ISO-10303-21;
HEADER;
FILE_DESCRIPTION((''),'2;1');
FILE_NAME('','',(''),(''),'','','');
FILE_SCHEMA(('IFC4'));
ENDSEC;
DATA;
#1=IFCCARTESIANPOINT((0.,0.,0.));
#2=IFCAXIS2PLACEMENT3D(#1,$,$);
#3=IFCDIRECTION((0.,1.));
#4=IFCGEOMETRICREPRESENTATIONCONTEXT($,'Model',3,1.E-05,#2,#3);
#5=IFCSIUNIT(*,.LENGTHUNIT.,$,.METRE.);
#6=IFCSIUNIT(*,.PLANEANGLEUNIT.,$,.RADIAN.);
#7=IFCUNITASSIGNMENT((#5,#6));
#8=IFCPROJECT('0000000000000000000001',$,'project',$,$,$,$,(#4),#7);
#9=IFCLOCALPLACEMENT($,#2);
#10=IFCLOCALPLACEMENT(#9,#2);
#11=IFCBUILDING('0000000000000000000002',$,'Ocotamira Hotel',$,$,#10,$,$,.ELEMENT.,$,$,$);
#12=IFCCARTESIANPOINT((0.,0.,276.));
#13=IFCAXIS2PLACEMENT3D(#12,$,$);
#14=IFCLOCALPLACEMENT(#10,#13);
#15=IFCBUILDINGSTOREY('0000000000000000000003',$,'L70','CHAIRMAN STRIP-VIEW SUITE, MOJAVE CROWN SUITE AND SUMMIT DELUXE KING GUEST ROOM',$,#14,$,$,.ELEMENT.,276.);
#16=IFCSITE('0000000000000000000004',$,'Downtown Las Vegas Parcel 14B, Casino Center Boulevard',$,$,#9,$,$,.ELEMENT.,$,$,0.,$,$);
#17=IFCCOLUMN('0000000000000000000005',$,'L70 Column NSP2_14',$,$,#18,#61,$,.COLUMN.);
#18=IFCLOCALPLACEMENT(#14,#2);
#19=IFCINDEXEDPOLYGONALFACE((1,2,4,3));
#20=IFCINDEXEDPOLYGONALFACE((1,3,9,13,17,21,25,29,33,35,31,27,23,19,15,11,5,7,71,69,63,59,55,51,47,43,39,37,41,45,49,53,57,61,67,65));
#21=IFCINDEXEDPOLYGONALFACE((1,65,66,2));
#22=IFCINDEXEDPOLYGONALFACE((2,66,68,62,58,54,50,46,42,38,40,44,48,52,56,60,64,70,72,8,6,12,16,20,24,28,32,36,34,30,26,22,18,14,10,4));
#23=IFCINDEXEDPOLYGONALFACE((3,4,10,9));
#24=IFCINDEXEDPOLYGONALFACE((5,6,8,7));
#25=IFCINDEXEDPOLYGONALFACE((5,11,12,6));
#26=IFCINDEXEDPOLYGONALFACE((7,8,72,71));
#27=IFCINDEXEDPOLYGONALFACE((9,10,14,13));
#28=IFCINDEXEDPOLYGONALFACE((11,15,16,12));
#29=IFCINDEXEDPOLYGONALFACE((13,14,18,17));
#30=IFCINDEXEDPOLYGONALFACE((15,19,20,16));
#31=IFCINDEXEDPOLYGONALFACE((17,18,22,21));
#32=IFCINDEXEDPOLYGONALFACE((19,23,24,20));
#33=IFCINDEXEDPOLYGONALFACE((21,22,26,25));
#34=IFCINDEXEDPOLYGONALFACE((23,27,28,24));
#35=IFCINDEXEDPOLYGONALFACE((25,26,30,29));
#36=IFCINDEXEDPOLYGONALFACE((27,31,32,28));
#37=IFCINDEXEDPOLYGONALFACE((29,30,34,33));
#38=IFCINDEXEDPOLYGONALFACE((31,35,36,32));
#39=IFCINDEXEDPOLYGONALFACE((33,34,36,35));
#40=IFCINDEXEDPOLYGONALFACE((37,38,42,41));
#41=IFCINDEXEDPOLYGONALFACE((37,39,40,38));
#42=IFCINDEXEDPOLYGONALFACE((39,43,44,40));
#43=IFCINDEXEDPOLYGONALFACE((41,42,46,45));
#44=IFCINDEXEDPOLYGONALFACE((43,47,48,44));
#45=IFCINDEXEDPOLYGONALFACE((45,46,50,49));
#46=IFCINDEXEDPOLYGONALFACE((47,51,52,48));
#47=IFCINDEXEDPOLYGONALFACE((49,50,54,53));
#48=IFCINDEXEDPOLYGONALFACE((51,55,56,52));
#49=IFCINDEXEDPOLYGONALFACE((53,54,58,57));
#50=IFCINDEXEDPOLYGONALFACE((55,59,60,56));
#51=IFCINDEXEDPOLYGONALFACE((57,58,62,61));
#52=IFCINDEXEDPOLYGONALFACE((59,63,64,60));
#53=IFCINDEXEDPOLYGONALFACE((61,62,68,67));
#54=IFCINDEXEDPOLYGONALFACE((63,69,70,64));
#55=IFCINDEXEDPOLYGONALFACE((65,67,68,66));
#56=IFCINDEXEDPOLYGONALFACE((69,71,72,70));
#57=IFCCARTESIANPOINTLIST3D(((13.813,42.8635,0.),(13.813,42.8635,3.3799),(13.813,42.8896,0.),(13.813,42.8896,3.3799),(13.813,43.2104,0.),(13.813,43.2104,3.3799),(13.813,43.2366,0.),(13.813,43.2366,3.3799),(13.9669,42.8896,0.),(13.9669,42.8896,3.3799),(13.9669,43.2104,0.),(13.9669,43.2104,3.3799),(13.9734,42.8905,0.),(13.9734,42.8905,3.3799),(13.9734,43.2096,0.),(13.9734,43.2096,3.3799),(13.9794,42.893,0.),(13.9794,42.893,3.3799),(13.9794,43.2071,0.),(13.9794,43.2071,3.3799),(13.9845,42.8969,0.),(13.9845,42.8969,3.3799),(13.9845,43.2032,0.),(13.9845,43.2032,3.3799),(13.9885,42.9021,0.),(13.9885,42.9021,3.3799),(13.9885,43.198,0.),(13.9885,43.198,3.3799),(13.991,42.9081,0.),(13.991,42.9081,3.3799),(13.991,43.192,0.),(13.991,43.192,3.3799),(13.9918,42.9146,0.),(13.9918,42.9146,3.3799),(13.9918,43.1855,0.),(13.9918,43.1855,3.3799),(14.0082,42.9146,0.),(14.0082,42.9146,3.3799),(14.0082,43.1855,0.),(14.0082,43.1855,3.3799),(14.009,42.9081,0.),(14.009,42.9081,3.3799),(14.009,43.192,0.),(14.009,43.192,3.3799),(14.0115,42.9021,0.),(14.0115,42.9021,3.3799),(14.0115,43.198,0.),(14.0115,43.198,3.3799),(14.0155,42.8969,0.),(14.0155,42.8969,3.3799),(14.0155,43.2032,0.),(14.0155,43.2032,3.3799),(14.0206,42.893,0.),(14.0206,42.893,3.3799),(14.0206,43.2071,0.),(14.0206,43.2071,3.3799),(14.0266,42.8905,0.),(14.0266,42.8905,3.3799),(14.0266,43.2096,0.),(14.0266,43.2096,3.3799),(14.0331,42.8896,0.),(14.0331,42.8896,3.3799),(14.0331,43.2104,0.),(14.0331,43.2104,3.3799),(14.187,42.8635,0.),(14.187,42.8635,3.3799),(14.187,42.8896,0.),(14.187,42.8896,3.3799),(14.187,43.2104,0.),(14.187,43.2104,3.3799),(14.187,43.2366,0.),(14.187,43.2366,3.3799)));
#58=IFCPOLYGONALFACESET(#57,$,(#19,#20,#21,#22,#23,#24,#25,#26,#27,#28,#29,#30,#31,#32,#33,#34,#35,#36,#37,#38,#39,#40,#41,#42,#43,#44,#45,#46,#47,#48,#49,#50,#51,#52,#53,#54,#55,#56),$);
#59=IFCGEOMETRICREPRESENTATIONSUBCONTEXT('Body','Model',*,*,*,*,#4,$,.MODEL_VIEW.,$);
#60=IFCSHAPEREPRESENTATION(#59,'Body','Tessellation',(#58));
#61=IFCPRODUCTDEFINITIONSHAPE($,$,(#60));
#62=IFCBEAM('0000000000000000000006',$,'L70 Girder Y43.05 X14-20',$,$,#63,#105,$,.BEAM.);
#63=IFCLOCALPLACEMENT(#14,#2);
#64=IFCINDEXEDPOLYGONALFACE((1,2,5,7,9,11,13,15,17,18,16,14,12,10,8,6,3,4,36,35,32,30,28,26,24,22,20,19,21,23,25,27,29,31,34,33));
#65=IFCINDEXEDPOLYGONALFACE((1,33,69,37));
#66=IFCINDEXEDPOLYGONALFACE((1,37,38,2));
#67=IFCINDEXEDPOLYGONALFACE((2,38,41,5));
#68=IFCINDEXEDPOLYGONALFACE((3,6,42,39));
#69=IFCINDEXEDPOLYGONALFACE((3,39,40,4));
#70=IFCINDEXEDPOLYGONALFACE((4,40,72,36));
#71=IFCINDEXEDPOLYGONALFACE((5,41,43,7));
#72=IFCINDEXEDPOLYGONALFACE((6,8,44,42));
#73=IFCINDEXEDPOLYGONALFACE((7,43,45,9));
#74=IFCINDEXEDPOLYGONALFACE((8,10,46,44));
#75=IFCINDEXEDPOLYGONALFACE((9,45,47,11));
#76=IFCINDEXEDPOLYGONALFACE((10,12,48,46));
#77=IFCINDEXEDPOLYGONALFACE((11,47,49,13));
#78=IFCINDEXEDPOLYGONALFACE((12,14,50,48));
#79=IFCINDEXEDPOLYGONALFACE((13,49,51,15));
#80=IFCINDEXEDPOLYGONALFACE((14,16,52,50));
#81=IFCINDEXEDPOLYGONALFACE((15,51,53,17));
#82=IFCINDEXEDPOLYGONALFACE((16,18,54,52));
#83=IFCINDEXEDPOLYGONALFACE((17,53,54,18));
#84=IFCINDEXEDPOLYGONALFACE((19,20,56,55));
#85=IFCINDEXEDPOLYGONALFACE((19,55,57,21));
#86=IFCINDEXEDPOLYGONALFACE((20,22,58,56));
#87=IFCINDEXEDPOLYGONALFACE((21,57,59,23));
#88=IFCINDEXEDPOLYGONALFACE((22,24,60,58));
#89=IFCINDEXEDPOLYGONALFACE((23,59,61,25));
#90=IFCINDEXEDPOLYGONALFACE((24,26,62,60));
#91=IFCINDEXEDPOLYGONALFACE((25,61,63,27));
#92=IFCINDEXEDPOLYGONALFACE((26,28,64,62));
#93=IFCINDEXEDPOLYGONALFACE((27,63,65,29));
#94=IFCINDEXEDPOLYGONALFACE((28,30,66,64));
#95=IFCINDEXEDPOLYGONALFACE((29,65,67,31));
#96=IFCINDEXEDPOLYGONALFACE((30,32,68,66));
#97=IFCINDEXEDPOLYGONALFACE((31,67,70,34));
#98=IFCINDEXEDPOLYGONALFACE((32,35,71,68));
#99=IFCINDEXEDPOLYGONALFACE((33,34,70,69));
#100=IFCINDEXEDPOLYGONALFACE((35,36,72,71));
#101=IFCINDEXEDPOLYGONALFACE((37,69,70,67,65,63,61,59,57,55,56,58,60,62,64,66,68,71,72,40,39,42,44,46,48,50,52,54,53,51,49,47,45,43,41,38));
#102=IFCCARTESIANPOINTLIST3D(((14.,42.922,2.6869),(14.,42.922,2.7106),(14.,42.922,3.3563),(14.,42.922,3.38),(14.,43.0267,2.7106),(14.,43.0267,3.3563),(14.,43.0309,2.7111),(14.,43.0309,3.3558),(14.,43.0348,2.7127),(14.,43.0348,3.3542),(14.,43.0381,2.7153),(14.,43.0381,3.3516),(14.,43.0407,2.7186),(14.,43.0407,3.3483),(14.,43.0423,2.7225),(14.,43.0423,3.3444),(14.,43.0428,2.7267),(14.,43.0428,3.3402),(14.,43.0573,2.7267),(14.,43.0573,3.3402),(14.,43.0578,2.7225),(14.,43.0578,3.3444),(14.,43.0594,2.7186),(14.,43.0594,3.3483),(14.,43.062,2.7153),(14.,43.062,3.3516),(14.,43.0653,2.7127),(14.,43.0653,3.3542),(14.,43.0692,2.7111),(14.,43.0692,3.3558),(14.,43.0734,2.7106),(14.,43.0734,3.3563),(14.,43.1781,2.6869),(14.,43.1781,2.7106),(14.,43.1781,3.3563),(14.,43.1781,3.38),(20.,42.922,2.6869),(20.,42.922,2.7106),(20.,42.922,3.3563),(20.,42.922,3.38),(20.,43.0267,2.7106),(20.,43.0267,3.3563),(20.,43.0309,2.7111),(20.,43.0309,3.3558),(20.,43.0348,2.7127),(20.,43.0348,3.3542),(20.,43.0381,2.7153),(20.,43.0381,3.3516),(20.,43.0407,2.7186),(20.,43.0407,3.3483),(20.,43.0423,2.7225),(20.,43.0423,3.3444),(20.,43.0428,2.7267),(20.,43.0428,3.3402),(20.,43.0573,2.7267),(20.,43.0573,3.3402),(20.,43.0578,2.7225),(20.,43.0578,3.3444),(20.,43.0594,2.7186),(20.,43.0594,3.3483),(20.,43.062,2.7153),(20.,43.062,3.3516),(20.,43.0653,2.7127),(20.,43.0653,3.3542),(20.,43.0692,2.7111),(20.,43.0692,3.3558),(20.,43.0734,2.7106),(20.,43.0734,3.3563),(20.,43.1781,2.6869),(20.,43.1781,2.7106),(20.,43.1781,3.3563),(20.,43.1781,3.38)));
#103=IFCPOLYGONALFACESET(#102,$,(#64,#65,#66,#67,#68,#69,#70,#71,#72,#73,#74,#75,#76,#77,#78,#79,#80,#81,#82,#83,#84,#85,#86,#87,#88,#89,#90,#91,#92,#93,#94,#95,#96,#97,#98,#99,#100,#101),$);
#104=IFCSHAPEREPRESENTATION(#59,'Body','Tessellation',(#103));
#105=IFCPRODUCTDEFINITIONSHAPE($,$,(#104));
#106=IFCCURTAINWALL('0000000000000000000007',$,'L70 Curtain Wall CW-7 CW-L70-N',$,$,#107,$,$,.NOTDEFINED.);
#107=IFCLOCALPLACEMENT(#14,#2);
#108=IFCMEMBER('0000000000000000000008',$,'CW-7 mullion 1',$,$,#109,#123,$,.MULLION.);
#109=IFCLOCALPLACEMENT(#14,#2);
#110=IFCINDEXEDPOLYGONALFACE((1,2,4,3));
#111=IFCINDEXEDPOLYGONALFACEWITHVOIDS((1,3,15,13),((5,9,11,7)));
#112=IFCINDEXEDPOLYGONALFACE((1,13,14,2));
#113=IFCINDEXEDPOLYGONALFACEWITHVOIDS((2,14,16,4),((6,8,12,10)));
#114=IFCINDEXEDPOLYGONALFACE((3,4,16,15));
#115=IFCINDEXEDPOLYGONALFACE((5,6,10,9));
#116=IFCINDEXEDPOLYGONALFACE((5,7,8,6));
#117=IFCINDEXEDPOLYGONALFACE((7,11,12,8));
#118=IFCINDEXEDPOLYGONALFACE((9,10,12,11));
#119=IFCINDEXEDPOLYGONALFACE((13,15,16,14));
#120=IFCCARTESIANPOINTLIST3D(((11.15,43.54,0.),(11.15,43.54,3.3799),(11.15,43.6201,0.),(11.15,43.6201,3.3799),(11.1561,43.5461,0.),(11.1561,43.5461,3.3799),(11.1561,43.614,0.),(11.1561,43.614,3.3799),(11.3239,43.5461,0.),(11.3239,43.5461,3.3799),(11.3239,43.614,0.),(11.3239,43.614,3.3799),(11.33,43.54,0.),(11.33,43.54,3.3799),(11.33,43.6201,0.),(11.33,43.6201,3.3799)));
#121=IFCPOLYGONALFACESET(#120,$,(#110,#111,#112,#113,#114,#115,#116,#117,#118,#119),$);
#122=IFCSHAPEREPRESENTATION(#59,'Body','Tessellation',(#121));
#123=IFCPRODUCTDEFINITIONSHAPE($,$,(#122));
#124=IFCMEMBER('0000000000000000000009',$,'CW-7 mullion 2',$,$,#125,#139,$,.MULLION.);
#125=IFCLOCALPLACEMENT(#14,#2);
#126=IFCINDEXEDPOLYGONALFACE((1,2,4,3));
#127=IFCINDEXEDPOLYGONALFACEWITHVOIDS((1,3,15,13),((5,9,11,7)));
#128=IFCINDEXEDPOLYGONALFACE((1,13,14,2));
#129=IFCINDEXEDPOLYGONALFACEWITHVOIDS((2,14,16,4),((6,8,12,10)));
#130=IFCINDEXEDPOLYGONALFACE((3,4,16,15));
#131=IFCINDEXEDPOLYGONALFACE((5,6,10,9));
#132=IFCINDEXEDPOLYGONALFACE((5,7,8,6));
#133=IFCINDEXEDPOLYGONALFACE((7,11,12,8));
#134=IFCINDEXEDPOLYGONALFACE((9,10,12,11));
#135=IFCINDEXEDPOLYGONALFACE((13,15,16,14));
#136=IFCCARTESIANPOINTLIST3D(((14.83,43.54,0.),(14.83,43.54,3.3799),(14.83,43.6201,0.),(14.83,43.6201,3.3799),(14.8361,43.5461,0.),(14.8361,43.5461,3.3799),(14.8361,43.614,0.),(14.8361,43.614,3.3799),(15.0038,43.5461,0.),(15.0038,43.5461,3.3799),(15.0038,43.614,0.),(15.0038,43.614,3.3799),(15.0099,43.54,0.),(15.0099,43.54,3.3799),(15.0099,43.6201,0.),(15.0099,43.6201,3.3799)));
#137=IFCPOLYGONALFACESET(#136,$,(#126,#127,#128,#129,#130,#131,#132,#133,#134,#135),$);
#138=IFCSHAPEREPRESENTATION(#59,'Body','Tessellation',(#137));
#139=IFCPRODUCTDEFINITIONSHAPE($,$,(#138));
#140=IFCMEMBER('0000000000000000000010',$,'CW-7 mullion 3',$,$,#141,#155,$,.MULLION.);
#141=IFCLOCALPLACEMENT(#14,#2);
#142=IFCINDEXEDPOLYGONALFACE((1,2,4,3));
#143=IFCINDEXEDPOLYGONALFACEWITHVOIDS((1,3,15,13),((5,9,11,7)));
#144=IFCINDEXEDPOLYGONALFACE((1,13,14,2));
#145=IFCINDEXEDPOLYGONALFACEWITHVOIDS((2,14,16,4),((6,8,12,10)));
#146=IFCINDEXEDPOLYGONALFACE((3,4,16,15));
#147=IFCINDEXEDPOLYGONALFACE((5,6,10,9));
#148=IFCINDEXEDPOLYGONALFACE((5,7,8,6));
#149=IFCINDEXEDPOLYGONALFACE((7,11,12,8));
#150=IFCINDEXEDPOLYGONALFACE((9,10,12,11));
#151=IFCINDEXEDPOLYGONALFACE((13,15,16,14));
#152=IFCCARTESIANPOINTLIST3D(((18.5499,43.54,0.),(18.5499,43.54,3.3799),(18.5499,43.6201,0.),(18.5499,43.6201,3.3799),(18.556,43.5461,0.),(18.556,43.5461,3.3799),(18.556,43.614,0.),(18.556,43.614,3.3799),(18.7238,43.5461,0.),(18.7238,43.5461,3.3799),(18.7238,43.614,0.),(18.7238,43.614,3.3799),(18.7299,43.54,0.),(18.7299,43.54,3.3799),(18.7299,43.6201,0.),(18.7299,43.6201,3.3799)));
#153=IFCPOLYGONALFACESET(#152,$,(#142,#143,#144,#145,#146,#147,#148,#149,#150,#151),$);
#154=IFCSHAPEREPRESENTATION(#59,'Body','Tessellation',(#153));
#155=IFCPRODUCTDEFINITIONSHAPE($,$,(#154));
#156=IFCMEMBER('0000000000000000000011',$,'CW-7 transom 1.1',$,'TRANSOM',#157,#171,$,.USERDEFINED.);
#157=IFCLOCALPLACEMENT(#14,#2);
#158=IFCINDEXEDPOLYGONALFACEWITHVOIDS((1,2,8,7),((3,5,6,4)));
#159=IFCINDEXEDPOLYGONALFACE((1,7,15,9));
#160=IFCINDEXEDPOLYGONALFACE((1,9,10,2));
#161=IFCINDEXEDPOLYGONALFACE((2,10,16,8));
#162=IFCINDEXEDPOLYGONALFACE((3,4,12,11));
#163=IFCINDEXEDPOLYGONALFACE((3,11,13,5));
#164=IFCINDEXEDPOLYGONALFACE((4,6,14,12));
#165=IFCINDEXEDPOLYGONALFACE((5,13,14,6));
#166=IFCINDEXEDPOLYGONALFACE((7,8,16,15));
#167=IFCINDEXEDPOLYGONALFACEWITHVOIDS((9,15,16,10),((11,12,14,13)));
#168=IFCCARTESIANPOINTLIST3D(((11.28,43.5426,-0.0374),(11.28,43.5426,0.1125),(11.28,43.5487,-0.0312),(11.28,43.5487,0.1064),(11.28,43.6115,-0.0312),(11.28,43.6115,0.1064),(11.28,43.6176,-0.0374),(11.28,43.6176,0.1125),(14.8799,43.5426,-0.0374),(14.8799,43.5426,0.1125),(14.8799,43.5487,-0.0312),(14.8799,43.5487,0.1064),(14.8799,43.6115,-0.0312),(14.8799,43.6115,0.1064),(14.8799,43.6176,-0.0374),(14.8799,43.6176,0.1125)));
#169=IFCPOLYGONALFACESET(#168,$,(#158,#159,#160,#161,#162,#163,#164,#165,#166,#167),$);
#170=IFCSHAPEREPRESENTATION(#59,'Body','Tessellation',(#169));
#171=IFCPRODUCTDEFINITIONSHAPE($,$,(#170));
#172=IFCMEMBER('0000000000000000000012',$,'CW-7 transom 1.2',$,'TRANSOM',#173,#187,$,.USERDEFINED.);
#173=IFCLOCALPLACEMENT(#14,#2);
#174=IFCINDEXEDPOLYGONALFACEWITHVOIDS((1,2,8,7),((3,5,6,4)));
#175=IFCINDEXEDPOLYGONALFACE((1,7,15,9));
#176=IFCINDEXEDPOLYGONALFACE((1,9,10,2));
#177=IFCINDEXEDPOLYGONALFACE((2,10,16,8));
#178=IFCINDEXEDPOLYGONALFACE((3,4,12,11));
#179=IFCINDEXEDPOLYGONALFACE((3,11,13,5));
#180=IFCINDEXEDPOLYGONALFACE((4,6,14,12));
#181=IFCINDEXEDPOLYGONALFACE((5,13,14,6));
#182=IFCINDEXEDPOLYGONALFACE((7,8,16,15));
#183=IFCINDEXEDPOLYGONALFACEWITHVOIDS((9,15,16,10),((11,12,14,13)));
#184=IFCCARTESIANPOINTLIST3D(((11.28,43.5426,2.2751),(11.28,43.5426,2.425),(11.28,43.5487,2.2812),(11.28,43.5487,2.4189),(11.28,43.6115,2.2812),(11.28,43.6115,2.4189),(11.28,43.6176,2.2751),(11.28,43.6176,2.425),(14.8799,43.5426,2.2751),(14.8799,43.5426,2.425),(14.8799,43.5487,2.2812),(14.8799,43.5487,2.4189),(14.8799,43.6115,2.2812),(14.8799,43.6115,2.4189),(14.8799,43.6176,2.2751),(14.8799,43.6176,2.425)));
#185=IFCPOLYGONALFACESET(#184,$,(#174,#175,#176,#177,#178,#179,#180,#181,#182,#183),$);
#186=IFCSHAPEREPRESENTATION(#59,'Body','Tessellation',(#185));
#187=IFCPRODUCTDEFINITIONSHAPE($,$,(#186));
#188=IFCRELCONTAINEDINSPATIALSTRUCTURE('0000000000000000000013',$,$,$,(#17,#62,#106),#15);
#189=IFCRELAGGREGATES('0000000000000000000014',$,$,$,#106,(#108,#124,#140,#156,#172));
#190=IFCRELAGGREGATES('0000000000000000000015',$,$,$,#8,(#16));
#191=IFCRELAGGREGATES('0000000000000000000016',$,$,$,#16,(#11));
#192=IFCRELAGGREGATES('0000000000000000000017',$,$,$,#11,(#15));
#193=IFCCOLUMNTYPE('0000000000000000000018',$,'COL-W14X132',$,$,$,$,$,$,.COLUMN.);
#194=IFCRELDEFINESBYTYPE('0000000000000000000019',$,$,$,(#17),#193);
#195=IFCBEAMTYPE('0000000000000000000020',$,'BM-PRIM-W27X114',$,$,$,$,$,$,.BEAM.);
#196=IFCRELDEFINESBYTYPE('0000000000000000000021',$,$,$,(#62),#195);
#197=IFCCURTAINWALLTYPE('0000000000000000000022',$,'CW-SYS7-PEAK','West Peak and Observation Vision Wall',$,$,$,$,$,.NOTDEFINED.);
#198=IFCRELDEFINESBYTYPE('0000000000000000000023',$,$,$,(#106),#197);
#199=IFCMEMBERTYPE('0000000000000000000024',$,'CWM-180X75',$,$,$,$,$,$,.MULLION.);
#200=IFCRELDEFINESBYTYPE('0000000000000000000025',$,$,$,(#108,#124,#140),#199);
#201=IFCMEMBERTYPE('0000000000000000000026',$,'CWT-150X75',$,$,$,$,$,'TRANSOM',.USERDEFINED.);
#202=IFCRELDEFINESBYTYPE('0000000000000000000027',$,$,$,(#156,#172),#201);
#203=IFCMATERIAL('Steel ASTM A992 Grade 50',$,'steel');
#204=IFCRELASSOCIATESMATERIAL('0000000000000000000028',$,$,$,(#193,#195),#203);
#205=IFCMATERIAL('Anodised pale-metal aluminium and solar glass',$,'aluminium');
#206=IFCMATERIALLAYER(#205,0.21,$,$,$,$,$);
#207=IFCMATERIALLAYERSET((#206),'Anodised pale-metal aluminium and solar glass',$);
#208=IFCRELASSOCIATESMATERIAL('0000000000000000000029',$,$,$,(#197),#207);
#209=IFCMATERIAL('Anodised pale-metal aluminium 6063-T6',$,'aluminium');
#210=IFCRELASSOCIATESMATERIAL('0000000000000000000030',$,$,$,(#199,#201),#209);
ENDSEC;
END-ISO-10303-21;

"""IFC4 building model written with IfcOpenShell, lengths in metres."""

from ifc_helpers import new_model, si_unit, direction, frame, origin, origin_2d, place, context, subcontext, project, spatial, hollow_rectangle, i_section, extrude, source, transform, mapped, material, layer, layer_set, material_profile, profile_set, type_object, element, aggregate, save


model = new_model("IFC4")

# Units and contexts
model_context = context("Model", 3, precision=1e-05, world=origin(), true_north=direction((0.0, 1.0)))
body_context = subcontext(model_context, "Body", "Model", "MODEL_VIEW")
ifc_project = project(units=[si_unit("LENGTHUNIT", "METRE"), si_unit("PLANEANGLEUNIT", "RADIAN")], contexts=[model_context])

# Site, building, storey
site_placement = place(None, origin())
site = spatial("IfcSite", under=ifc_project, at=site_placement, Name="Downtown Las Vegas Parcel 14B, Casino Center Boulevard", CompositionType="ELEMENT", RefElevation=0.0)
building_placement = place(site_placement, origin())
building = spatial("IfcBuilding", under=site, at=building_placement, Name="Ocotamira Hotel", CompositionType="ELEMENT")
storey_placement = place(building_placement, frame((0.0, 0.0, 276.0)))
storey = spatial("IfcBuildingStorey", under=building, at=storey_placement, Name="L70", Description="CHAIRMAN STRIP-VIEW SUITE, MOJAVE CROWN SUITE AND SUMMIT DELUXE KING GUEST ROOM", CompositionType="ELEMENT", Elevation=276.0)

# Column
ifc_material_1 = material(Name="Steel ASTM A992 Grade 50", Category="steel")
ifc_material_profile_1 = material_profile(ifc_material_1, i_section(OverallWidth=0.374, OverallDepth=0.373, WebThickness=0.0164, FlangeThickness=0.0261, FilletRadius=0.0249, at=origin_2d()), Name="W14X132")
ifc_profile_set_1 = profile_set([ifc_material_profile_1], Name="Steel ASTM A992 Grade 50")
column_type = type_object("IfcColumnType", Name="COL-W14X132", PredefinedType="COLUMN", material=ifc_profile_set_1)
shared_shape_1 = source(origin(), body_context, "Body", "SweptSolid", [
    extrude(i_section(OverallWidth=0.374, OverallDepth=0.373, WebThickness=0.0164, FlangeThickness=0.0261, FilletRadius=0.0249, at=origin_2d()), origin(), (0.0, 0.0, 1.0), 3.3799),
])
column_placement = place(storey_placement, frame((14.0, 43.05, 0.0), z_axis=(0.0, 0.0, 1.0), x_axis=(1.0, 0.0, 0.0)))
element("IfcColumn", 1, at=column_placement, inside=storey, type_object=column_type, Name="L70 Column NSP2_14", PredefinedType="COLUMN", context=body_context, shape_type="MappedRepresentation", body=[
    mapped(shared_shape_1, transform((0.0, 0.0, 0.0), scale=1.0)),
])

# Beam
ifc_material_profile_2 = material_profile(ifc_material_1, i_section(OverallWidth=0.2561, OverallDepth=0.6931, WebThickness=0.0144, FlangeThickness=0.0237, FilletRadius=0.0161, at=origin_2d()), Name="W27X114")
ifc_profile_set_2 = profile_set([ifc_material_profile_2], Name="Steel ASTM A992 Grade 50")
beam_type = type_object("IfcBeamType", Name="BM-PRIM-W27X114", PredefinedType="BEAM", material=ifc_profile_set_2)
shared_shape_2 = source(origin(), body_context, "Body", "SweptSolid", [
    extrude(i_section(OverallWidth=0.2561, OverallDepth=0.6931, WebThickness=0.0144, FlangeThickness=0.0237, FilletRadius=0.0161, at=origin_2d()), origin(), (0.0, 0.0, 1.0), 6.0),
])
beam_placement = place(storey_placement, frame((14.0, 43.05, 3.0334), z_axis=(1.0, 0.0, 0.0), x_axis=(0.0, 1.0, 0.0)))
element("IfcBeam", 2, at=beam_placement, inside=storey, type_object=beam_type, Name="L70 Girder Y43.05 X14-20", PredefinedType="BEAM", context=body_context, shape_type="MappedRepresentation", body=[
    mapped(shared_shape_2, transform((0.0, 0.0, 0.0), scale=1.0)),
])

# Curtain wall, members
ifc_material_2 = material(Name="Anodised pale-metal aluminium and solar glass", Category="aluminium")
ifc_layer_1 = layer(ifc_material_2, 0.21)
ifc_layer_set_1 = layer_set([ifc_layer_1], Name="Anodised pale-metal aluminium and solar glass")
curtain_wall_type = type_object("IfcCurtainWallType", Name="CW-SYS7-PEAK", Description="West Peak and Observation Vision Wall", PredefinedType="NOTDEFINED", material=ifc_layer_set_1)
curtain_wall_placement = place(storey_placement, origin())
curtain_wall = element("IfcCurtainWall", 3, at=curtain_wall_placement, inside=storey, type_object=curtain_wall_type, Name="L70 Curtain Wall CW-7 CW-L70-N", PredefinedType="NOTDEFINED")
ifc_material_3 = material(Name="Anodised pale-metal aluminium 6063-T6", Category="aluminium")
ifc_material_profile_3 = material_profile(ifc_material_3, hollow_rectangle(XDim=0.0801, YDim=0.1799, WallThickness=0.0061, at=origin_2d()), Name="HSS180X80X6")
ifc_profile_set_3 = profile_set([ifc_material_profile_3], Name="Anodised pale-metal aluminium 6063-T6")
member_type_1 = type_object("IfcMemberType", Name="CWM-180X75", PredefinedType="MULLION", material=ifc_profile_set_3)
shared_shape_3 = source(origin(), body_context, "Body", "SweptSolid", [
    extrude(hollow_rectangle(XDim=0.0801, YDim=0.1799, WallThickness=0.0061, at=origin_2d()), origin(), (0.0, 0.0, 1.0), 3.3799),
])
member_1_placement = place(storey_placement, frame((11.24, 43.5801, 0.0), z_axis=(0.0, 0.0, 1.0), x_axis=(0.0, 1.0, 0.0)))
member_1 = element("IfcMember", 4, at=member_1_placement, type_object=member_type_1, Name="CW-7 mullion 1", PredefinedType="MULLION", context=body_context, shape_type="MappedRepresentation", body=[
    mapped(shared_shape_3, transform((0.0, 0.0, 0.0), scale=1.0)),
])
member_2_placement = place(storey_placement, frame((14.9199, 43.5801, 0.0), z_axis=(0.0, 0.0, 1.0), x_axis=(0.0, 1.0, 0.0)))
member_2 = element("IfcMember", 5, at=member_2_placement, type_object=member_type_1, Name="CW-7 mullion 2", PredefinedType="MULLION", context=body_context, shape_type="MappedRepresentation", body=[
    mapped(shared_shape_3, transform((0.0, 0.0, 0.0), scale=1.0)),
])
member_3_placement = place(storey_placement, frame((18.6399, 43.5801, 0.0), z_axis=(0.0, 0.0, 1.0), x_axis=(0.0, 1.0, 0.0)))
member_3 = element("IfcMember", 6, at=member_3_placement, type_object=member_type_1, Name="CW-7 mullion 3", PredefinedType="MULLION", context=body_context, shape_type="MappedRepresentation", body=[
    mapped(shared_shape_3, transform((0.0, 0.0, 0.0), scale=1.0)),
])
ifc_material_profile_4 = material_profile(ifc_material_3, hollow_rectangle(XDim=0.075, YDim=0.1499, WallThickness=0.0061, at=origin_2d()), Name="HSS150X75X6")
ifc_profile_set_4 = profile_set([ifc_material_profile_4], Name="Anodised pale-metal aluminium 6063-T6")
member_type_2 = type_object("IfcMemberType", Name="CWT-150X75", ElementType="TRANSOM", PredefinedType="USERDEFINED", material=ifc_profile_set_4)
shared_shape_4 = source(origin(), body_context, "Body", "SweptSolid", [
    extrude(hollow_rectangle(XDim=0.075, YDim=0.1499, WallThickness=0.0061, at=origin_2d()), origin(), (0.0, 0.0, 1.0), 3.5999),
])
member_4_placement = place(storey_placement, frame((11.28, 43.5801, 0.0376), z_axis=(1.0, 0.0, 0.0), x_axis=(0.0, 1.0, 0.0)))
member_4 = element("IfcMember", 7, at=member_4_placement, type_object=member_type_2, Name="CW-7 transom 1.1", ObjectType="TRANSOM", PredefinedType="USERDEFINED", context=body_context, shape_type="MappedRepresentation", body=[
    mapped(shared_shape_4, transform((0.0, 0.0, 0.0), scale=1.0)),
])
member_5_placement = place(storey_placement, frame((11.28, 43.5801, 2.3501), z_axis=(1.0, 0.0, 0.0), x_axis=(0.0, 1.0, 0.0)))
member_5 = element("IfcMember", 8, at=member_5_placement, type_object=member_type_2, Name="CW-7 transom 1.2", ObjectType="TRANSOM", PredefinedType="USERDEFINED", context=body_context, shape_type="MappedRepresentation", body=[
    mapped(shared_shape_4, transform((0.0, 0.0, 0.0), scale=1.0)),
])
aggregate(curtain_wall, [member_1, member_2, member_3, member_4, member_5])

save(model, "model.ifc")
